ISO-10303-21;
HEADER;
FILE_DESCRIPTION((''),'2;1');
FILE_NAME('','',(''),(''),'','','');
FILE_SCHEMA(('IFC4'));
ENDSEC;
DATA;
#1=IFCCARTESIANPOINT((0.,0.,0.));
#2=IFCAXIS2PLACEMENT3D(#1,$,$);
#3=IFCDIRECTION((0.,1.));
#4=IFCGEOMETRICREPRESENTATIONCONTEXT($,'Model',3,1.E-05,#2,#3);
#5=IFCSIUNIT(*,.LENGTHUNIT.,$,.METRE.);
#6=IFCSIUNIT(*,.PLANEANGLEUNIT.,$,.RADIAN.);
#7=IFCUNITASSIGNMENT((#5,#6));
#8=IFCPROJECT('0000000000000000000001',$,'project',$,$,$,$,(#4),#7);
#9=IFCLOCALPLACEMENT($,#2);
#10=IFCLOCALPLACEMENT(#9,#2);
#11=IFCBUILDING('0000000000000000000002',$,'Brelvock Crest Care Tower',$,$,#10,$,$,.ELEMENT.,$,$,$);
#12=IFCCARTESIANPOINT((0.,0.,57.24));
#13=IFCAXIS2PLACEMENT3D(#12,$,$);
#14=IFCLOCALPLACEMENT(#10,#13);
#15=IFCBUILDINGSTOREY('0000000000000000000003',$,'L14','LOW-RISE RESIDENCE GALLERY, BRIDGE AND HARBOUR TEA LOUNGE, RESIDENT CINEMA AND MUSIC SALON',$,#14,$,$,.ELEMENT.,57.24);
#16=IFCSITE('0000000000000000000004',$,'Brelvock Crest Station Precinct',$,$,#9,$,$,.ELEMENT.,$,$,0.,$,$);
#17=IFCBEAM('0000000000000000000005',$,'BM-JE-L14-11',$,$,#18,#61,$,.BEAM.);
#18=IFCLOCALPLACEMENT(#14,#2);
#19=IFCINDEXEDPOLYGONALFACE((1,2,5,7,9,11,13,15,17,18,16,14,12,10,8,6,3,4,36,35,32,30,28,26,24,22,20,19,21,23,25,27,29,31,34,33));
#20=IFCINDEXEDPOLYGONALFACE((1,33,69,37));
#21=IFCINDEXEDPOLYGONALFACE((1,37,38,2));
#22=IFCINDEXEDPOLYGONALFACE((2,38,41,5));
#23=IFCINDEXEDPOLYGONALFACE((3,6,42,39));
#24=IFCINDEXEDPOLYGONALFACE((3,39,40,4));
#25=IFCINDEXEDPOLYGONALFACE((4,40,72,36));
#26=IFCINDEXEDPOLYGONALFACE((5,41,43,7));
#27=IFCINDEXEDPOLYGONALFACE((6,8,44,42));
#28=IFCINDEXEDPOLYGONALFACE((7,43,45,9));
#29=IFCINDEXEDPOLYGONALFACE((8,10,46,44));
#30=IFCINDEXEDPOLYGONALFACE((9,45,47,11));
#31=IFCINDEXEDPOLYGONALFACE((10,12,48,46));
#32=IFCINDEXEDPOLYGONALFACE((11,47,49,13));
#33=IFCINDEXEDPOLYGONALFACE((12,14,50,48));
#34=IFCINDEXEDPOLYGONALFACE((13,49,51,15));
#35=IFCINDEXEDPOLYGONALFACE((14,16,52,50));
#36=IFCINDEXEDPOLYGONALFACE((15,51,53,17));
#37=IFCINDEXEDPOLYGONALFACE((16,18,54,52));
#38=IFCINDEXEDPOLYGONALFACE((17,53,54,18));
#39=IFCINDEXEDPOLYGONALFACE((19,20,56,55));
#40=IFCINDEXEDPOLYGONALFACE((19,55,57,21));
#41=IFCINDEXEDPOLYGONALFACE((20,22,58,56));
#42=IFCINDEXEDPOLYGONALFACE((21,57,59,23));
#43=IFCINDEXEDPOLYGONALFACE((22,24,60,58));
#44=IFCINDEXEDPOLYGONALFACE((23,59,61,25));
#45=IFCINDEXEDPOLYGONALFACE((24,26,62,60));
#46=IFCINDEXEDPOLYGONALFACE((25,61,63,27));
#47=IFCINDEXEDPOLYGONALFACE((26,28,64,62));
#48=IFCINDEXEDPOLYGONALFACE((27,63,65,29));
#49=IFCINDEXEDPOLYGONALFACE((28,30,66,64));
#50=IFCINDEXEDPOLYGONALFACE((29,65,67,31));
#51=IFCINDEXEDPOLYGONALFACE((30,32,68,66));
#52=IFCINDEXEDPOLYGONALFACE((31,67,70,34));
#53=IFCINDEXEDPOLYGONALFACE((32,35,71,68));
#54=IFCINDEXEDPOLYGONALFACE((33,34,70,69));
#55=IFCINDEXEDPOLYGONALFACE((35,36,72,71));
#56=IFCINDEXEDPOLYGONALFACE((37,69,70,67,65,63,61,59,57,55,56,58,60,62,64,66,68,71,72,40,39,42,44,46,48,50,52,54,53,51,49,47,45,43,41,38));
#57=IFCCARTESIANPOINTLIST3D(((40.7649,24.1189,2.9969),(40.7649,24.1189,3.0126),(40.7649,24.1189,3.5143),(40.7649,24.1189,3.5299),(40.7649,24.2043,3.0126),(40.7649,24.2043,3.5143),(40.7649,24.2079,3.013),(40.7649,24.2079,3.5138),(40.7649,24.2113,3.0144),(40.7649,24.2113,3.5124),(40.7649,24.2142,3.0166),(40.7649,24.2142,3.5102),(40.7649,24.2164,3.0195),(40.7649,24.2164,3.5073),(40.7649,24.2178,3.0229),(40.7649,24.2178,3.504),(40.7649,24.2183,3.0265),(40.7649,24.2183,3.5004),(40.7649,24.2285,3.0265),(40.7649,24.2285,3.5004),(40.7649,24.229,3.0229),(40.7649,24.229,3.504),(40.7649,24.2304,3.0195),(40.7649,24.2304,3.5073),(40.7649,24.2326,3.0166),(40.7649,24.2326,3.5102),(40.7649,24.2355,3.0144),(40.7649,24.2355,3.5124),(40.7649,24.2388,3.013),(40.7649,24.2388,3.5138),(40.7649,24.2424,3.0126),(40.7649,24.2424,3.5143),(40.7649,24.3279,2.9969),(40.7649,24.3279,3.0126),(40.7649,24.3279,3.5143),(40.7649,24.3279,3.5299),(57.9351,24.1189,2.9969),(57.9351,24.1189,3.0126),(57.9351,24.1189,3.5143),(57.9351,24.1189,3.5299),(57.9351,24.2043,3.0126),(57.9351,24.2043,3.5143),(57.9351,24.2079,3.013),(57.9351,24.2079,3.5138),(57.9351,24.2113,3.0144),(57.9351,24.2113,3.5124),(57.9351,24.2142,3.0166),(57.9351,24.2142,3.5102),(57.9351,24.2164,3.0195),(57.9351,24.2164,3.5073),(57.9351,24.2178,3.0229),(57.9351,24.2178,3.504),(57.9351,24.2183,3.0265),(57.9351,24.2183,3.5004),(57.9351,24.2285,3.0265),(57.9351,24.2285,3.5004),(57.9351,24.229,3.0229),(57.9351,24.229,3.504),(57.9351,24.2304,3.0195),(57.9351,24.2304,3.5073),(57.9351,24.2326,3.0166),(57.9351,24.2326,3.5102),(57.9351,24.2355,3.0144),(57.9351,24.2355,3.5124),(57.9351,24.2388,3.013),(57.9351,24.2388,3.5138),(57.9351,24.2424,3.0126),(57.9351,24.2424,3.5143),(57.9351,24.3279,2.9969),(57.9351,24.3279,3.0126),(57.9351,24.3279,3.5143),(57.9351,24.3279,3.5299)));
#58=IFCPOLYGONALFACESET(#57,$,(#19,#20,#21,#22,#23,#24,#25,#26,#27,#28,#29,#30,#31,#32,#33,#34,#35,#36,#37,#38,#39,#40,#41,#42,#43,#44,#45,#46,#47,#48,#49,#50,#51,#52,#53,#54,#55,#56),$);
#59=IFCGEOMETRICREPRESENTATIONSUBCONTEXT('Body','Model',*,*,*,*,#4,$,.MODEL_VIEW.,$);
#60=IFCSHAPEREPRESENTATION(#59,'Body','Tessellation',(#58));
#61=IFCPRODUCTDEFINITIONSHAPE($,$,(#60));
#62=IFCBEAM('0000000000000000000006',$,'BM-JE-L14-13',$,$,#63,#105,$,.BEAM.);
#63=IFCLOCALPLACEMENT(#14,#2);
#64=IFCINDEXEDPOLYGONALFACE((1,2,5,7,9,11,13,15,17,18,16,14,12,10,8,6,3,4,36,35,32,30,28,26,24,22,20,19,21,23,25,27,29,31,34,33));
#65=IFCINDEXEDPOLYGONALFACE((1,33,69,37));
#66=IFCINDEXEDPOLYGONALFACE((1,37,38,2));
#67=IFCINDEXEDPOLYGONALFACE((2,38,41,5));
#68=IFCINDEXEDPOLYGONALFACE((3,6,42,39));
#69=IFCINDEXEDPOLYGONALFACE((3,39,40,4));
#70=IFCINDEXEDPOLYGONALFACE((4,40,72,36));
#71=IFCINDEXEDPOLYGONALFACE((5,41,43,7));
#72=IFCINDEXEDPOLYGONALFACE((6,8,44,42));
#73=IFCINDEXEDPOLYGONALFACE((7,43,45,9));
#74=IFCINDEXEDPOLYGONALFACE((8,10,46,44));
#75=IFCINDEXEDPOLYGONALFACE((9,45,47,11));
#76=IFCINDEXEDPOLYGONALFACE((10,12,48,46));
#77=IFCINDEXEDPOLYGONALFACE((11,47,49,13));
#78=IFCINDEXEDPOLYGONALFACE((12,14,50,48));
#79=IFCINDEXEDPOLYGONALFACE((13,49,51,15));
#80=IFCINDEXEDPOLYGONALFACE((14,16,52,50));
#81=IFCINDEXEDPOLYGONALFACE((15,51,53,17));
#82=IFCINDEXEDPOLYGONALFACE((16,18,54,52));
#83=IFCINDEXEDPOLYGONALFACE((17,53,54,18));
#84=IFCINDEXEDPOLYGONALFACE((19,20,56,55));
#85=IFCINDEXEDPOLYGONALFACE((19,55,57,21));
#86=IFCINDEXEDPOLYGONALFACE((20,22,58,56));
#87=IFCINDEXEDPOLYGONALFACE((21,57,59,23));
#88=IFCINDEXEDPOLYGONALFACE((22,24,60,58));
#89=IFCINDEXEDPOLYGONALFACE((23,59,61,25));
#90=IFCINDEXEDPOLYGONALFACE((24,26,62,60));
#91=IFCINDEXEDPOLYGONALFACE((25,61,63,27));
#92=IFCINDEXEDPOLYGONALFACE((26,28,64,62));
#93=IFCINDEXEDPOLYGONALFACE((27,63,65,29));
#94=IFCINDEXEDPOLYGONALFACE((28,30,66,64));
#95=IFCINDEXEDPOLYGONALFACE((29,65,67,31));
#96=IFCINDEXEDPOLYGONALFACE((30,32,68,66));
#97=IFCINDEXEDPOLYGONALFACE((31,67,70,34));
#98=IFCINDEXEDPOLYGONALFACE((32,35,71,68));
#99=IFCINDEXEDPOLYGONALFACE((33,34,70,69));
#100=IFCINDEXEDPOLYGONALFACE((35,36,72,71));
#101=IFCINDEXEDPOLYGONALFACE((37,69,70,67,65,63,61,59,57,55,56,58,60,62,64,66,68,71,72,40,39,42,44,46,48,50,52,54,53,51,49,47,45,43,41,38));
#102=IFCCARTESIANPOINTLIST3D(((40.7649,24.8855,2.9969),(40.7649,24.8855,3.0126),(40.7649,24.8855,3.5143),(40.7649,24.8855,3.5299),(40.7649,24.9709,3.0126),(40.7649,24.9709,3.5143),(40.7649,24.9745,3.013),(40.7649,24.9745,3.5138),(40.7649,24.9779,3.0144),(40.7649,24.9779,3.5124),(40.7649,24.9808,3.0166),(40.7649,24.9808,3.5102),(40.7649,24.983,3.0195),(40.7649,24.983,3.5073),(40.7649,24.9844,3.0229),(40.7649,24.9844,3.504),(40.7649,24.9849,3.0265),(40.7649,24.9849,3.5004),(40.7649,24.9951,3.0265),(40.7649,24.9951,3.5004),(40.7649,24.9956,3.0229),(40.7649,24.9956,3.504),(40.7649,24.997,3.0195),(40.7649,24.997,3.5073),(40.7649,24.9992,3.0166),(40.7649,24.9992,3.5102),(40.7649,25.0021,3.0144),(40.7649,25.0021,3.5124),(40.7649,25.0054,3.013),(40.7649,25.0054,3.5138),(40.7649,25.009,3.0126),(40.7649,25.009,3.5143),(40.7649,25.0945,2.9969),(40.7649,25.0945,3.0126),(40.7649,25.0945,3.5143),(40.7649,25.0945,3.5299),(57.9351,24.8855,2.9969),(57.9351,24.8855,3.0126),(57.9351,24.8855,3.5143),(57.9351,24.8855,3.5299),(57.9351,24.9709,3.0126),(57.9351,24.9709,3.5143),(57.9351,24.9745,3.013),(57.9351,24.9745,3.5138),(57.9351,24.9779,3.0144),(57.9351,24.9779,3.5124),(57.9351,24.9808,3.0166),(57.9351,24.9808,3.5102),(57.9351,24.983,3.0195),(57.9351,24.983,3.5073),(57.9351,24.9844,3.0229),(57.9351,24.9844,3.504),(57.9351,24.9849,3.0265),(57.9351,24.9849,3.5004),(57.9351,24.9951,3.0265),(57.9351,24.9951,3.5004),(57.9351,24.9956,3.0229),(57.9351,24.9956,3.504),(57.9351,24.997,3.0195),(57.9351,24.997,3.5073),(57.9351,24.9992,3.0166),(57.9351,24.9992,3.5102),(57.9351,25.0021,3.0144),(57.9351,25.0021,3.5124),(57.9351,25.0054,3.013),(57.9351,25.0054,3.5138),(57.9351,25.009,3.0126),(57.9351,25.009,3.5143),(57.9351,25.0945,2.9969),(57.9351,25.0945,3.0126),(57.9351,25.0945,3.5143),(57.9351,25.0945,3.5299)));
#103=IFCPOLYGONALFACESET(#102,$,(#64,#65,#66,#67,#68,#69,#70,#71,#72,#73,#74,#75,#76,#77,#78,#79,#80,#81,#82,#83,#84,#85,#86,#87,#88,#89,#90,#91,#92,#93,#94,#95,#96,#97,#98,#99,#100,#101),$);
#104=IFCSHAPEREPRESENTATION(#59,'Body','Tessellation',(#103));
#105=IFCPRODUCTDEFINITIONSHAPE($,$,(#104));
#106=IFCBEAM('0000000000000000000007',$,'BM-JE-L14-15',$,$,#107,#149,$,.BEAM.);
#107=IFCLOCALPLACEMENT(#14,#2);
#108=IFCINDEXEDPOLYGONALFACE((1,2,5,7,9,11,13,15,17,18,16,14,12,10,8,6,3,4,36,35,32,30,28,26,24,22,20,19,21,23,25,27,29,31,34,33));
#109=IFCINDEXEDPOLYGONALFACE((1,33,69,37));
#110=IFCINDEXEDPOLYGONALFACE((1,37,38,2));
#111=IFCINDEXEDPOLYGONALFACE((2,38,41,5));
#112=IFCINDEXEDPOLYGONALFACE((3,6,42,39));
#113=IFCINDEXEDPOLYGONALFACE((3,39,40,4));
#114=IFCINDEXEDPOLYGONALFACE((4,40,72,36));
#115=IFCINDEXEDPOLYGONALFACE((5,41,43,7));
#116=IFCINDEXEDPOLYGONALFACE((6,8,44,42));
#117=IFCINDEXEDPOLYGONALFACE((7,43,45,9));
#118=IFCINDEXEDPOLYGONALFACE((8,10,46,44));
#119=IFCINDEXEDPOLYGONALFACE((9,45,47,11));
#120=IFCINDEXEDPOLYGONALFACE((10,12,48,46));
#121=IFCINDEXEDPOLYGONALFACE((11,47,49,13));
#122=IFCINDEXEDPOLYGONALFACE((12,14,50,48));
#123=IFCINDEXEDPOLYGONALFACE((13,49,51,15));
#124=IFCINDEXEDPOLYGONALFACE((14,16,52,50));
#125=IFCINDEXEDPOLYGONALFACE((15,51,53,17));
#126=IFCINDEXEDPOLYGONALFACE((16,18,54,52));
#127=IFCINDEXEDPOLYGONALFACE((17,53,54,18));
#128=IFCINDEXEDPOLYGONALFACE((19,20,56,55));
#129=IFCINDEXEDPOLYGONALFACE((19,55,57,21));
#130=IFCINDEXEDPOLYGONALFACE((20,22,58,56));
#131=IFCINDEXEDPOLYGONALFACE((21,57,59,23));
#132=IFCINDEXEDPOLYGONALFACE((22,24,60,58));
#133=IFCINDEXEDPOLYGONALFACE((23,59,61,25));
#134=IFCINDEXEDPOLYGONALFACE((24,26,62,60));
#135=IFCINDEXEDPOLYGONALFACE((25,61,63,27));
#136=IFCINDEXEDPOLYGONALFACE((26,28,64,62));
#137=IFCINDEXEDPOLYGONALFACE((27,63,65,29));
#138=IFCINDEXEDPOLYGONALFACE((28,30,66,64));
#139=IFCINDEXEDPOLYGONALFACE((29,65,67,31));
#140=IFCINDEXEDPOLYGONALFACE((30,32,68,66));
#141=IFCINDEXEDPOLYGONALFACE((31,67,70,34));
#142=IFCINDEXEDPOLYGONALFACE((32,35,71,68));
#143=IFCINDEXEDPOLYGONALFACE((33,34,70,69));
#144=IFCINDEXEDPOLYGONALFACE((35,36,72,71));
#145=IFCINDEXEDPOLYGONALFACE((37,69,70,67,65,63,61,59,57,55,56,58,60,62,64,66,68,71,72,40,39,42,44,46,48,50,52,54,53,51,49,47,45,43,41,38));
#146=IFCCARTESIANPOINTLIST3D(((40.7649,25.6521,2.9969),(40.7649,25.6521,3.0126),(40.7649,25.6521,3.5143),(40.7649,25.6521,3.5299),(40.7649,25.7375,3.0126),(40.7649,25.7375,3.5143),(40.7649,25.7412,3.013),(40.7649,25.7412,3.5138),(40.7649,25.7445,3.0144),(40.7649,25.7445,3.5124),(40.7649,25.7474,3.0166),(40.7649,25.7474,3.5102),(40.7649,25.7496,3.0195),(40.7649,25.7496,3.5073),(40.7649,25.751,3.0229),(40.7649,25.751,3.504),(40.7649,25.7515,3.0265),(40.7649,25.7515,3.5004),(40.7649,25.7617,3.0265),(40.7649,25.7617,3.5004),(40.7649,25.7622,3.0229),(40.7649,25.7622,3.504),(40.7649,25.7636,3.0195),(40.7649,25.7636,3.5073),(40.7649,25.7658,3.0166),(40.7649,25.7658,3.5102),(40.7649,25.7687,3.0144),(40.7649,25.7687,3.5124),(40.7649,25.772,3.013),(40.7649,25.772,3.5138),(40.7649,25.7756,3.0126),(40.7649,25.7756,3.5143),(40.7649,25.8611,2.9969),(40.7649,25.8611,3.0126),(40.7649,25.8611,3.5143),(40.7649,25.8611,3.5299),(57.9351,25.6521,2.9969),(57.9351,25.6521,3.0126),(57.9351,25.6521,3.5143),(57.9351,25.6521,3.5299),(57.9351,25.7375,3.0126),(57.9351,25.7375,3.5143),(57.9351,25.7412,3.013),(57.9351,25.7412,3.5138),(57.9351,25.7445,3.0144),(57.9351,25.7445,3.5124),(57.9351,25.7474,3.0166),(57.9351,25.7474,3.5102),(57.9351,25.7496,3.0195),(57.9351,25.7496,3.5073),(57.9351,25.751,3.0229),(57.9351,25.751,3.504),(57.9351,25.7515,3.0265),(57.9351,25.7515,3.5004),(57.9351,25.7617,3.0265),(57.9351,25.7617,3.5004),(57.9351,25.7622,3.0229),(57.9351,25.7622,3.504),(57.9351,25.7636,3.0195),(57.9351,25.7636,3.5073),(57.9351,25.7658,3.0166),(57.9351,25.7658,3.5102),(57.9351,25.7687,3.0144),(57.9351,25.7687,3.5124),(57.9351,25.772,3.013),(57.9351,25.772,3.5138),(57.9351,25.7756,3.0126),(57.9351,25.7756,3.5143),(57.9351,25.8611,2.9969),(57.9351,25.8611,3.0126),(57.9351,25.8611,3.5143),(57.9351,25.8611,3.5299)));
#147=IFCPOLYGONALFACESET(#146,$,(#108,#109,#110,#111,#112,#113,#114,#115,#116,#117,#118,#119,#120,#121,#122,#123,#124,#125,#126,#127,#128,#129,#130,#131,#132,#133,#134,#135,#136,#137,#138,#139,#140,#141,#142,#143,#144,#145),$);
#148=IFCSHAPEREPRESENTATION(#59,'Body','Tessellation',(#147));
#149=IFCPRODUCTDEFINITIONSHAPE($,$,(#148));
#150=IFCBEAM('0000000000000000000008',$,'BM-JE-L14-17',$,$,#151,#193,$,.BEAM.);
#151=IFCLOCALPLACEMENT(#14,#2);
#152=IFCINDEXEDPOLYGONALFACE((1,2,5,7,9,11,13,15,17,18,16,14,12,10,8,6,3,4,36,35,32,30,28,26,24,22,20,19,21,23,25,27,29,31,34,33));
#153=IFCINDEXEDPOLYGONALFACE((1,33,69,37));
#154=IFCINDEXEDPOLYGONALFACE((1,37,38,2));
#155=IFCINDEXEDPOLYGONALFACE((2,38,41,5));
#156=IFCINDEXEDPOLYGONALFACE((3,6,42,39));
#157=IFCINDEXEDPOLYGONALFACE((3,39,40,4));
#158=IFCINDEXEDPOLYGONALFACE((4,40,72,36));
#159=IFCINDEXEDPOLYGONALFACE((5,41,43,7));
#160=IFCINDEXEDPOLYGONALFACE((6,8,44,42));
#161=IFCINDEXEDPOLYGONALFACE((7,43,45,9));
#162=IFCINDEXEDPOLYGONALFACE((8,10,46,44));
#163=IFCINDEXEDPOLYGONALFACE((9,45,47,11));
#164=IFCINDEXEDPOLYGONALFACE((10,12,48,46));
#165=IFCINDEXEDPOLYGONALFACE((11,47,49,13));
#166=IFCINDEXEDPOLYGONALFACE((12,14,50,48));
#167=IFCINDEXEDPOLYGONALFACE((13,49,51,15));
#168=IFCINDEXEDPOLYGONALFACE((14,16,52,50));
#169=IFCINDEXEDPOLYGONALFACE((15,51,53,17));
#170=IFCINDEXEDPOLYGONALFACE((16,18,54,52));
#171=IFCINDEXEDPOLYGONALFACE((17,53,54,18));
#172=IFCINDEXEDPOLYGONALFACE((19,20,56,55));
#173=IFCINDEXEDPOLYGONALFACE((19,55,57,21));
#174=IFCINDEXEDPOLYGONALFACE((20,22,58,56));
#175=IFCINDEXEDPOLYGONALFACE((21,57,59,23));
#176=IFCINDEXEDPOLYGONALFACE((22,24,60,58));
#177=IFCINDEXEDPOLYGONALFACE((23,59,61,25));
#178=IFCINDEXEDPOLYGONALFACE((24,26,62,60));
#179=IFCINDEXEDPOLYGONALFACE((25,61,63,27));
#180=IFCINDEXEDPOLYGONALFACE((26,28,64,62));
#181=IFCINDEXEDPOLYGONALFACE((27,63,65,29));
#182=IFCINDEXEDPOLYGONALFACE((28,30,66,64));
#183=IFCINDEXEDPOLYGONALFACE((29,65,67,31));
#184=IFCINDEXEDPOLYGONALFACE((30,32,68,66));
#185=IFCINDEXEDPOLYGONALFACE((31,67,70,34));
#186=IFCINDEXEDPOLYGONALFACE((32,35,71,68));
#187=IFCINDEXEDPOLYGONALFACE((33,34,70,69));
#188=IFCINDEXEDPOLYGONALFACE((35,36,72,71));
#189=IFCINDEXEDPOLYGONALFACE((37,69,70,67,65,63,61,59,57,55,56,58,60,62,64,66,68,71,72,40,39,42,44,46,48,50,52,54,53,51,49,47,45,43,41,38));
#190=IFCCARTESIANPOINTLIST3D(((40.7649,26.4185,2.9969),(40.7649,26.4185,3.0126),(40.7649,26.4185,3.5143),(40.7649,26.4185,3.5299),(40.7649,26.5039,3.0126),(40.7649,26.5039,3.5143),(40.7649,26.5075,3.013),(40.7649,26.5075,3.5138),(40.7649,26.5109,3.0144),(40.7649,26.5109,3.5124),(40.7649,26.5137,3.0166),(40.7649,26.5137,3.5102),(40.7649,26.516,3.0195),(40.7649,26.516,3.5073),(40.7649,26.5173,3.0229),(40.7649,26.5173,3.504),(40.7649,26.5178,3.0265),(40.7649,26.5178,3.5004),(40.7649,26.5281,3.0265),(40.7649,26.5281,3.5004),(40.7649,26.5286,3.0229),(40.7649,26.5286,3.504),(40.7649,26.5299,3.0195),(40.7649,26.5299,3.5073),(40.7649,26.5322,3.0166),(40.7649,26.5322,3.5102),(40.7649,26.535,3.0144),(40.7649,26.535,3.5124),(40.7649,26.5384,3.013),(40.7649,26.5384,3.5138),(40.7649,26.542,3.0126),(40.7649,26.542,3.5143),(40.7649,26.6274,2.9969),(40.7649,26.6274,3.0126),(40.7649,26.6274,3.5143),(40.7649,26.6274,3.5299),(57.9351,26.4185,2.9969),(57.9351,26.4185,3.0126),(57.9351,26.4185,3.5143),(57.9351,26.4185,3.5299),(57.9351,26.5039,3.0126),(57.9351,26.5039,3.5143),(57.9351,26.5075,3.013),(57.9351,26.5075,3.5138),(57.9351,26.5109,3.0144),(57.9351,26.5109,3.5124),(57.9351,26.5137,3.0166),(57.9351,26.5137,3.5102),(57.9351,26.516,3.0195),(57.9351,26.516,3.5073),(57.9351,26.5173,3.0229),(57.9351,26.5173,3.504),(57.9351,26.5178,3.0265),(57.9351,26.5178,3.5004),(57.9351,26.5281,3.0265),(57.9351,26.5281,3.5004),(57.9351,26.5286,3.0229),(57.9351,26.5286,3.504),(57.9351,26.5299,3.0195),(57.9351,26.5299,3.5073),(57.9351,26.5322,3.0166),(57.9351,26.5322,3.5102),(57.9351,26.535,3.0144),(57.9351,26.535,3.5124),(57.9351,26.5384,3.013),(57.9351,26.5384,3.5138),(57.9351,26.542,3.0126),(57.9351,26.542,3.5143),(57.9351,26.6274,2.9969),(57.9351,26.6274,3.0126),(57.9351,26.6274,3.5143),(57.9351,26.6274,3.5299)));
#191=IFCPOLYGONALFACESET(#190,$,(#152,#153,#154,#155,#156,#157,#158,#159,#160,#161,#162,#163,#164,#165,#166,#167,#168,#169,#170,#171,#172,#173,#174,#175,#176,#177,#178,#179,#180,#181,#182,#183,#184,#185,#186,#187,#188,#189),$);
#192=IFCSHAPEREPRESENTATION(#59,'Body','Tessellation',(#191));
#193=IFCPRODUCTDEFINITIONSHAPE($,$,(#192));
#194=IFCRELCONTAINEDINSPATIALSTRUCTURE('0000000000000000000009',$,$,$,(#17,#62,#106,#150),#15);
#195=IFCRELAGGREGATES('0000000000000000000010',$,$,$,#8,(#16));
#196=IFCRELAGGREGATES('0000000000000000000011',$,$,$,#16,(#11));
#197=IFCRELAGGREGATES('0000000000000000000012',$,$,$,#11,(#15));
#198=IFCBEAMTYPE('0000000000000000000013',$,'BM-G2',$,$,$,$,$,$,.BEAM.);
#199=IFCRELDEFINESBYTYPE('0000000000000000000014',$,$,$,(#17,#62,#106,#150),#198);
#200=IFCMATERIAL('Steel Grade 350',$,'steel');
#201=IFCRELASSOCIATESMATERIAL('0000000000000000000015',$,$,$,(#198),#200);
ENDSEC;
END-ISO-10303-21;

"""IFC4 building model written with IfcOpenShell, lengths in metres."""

from ifc_helpers import new_model, si_unit, direction, frame, origin, origin_2d, place, context, subcontext, project, spatial, i_section, extrude, source, transform, mapped, material, material_profile, profile_set, type_object, element, save


model = new_model("IFC4")

# Units and contexts
model_context = context("Model", 3, precision=1e-05, world=origin(), true_north=direction((0.0, 1.0)))
body_context = subcontext(model_context, "Body", "Model", "MODEL_VIEW")
ifc_project = project(units=[si_unit("LENGTHUNIT", "METRE"), si_unit("PLANEANGLEUNIT", "RADIAN")], contexts=[model_context])

# Site, building, storey
site_placement = place(None, origin())
site = spatial("IfcSite", under=ifc_project, at=site_placement, Name="Brelvock Crest Station Precinct", CompositionType="ELEMENT", RefElevation=0.0)
building_placement = place(site_placement, origin())
building = spatial("IfcBuilding", under=site, at=building_placement, Name="Brelvock Crest Care Tower", CompositionType="ELEMENT")
storey_placement = place(building_placement, frame((0.0, 0.0, 57.24)))
storey = spatial("IfcBuildingStorey", under=building, at=storey_placement, Name="L14", Description="LOW-RISE RESIDENCE GALLERY, BRIDGE AND HARBOUR TEA LOUNGE, RESIDENT CINEMA AND MUSIC SALON", CompositionType="ELEMENT", Elevation=57.24)

# Beams
ifc_material_1 = material(Name="Steel Grade 350", Category="steel")
ifc_material_profile_1 = material_profile(ifc_material_1, i_section(OverallWidth=0.209, OverallDepth=0.533, WebThickness=0.0103, FlangeThickness=0.0156, FilletRadius=0.0139, at=origin_2d()), Name="530UB92.4")
ifc_profile_set_1 = profile_set([ifc_material_profile_1], Name="Steel Grade 350")
beam_type_1 = type_object("IfcBeamType", Name="BM-G2", PredefinedType="BEAM", material=ifc_profile_set_1)
shared_shape_1 = source(origin(), body_context, "Body", "SweptSolid", [
    extrude(i_section(OverallWidth=0.209, OverallDepth=0.533, WebThickness=0.0103, FlangeThickness=0.0156, FilletRadius=0.0139, at=origin_2d()), origin(), (0.0, 0.0, 1.0), 17.1702),
])
for number, where, z_axis, x_axis, name in (
    (1, (40.7649, 24.2234, 3.2634), (1.0, 0.0, 0.0), (0.0, 1.0, 0.0), "BM-JE-L14-11"),
    (2, (40.7649, 24.99, 3.2634), (1.0, 0.0, 0.0), (0.0, 1.0, 0.0), "BM-JE-L14-13"),
    (3, (40.7649, 25.7566, 3.2634), (1.0, 0.0, 0.0), (0.0, 1.0, 0.0), "BM-JE-L14-15"),
    (4, (40.7649, 26.5229, 3.2634), (1.0, 0.0, 0.0), (0.0, 1.0, 0.0), "BM-JE-L14-17"),
):
    element("IfcBeam", number, at=place(storey_placement, frame(where, z_axis=z_axis, x_axis=x_axis)), inside=storey, type_object=beam_type_1, Name=name, PredefinedType="BEAM", context=body_context, shape_type="MappedRepresentation", body=[
        mapped(shared_shape_1, transform((0.0, 0.0, 0.0), x_axis=(1.0, 0.0, 0.0), y_axis=(0.0, 1.0, 0.0), z_axis=(0.0, 0.0, 1.0), scale=1.0)),
    ])

save(model, "model.ifc")
